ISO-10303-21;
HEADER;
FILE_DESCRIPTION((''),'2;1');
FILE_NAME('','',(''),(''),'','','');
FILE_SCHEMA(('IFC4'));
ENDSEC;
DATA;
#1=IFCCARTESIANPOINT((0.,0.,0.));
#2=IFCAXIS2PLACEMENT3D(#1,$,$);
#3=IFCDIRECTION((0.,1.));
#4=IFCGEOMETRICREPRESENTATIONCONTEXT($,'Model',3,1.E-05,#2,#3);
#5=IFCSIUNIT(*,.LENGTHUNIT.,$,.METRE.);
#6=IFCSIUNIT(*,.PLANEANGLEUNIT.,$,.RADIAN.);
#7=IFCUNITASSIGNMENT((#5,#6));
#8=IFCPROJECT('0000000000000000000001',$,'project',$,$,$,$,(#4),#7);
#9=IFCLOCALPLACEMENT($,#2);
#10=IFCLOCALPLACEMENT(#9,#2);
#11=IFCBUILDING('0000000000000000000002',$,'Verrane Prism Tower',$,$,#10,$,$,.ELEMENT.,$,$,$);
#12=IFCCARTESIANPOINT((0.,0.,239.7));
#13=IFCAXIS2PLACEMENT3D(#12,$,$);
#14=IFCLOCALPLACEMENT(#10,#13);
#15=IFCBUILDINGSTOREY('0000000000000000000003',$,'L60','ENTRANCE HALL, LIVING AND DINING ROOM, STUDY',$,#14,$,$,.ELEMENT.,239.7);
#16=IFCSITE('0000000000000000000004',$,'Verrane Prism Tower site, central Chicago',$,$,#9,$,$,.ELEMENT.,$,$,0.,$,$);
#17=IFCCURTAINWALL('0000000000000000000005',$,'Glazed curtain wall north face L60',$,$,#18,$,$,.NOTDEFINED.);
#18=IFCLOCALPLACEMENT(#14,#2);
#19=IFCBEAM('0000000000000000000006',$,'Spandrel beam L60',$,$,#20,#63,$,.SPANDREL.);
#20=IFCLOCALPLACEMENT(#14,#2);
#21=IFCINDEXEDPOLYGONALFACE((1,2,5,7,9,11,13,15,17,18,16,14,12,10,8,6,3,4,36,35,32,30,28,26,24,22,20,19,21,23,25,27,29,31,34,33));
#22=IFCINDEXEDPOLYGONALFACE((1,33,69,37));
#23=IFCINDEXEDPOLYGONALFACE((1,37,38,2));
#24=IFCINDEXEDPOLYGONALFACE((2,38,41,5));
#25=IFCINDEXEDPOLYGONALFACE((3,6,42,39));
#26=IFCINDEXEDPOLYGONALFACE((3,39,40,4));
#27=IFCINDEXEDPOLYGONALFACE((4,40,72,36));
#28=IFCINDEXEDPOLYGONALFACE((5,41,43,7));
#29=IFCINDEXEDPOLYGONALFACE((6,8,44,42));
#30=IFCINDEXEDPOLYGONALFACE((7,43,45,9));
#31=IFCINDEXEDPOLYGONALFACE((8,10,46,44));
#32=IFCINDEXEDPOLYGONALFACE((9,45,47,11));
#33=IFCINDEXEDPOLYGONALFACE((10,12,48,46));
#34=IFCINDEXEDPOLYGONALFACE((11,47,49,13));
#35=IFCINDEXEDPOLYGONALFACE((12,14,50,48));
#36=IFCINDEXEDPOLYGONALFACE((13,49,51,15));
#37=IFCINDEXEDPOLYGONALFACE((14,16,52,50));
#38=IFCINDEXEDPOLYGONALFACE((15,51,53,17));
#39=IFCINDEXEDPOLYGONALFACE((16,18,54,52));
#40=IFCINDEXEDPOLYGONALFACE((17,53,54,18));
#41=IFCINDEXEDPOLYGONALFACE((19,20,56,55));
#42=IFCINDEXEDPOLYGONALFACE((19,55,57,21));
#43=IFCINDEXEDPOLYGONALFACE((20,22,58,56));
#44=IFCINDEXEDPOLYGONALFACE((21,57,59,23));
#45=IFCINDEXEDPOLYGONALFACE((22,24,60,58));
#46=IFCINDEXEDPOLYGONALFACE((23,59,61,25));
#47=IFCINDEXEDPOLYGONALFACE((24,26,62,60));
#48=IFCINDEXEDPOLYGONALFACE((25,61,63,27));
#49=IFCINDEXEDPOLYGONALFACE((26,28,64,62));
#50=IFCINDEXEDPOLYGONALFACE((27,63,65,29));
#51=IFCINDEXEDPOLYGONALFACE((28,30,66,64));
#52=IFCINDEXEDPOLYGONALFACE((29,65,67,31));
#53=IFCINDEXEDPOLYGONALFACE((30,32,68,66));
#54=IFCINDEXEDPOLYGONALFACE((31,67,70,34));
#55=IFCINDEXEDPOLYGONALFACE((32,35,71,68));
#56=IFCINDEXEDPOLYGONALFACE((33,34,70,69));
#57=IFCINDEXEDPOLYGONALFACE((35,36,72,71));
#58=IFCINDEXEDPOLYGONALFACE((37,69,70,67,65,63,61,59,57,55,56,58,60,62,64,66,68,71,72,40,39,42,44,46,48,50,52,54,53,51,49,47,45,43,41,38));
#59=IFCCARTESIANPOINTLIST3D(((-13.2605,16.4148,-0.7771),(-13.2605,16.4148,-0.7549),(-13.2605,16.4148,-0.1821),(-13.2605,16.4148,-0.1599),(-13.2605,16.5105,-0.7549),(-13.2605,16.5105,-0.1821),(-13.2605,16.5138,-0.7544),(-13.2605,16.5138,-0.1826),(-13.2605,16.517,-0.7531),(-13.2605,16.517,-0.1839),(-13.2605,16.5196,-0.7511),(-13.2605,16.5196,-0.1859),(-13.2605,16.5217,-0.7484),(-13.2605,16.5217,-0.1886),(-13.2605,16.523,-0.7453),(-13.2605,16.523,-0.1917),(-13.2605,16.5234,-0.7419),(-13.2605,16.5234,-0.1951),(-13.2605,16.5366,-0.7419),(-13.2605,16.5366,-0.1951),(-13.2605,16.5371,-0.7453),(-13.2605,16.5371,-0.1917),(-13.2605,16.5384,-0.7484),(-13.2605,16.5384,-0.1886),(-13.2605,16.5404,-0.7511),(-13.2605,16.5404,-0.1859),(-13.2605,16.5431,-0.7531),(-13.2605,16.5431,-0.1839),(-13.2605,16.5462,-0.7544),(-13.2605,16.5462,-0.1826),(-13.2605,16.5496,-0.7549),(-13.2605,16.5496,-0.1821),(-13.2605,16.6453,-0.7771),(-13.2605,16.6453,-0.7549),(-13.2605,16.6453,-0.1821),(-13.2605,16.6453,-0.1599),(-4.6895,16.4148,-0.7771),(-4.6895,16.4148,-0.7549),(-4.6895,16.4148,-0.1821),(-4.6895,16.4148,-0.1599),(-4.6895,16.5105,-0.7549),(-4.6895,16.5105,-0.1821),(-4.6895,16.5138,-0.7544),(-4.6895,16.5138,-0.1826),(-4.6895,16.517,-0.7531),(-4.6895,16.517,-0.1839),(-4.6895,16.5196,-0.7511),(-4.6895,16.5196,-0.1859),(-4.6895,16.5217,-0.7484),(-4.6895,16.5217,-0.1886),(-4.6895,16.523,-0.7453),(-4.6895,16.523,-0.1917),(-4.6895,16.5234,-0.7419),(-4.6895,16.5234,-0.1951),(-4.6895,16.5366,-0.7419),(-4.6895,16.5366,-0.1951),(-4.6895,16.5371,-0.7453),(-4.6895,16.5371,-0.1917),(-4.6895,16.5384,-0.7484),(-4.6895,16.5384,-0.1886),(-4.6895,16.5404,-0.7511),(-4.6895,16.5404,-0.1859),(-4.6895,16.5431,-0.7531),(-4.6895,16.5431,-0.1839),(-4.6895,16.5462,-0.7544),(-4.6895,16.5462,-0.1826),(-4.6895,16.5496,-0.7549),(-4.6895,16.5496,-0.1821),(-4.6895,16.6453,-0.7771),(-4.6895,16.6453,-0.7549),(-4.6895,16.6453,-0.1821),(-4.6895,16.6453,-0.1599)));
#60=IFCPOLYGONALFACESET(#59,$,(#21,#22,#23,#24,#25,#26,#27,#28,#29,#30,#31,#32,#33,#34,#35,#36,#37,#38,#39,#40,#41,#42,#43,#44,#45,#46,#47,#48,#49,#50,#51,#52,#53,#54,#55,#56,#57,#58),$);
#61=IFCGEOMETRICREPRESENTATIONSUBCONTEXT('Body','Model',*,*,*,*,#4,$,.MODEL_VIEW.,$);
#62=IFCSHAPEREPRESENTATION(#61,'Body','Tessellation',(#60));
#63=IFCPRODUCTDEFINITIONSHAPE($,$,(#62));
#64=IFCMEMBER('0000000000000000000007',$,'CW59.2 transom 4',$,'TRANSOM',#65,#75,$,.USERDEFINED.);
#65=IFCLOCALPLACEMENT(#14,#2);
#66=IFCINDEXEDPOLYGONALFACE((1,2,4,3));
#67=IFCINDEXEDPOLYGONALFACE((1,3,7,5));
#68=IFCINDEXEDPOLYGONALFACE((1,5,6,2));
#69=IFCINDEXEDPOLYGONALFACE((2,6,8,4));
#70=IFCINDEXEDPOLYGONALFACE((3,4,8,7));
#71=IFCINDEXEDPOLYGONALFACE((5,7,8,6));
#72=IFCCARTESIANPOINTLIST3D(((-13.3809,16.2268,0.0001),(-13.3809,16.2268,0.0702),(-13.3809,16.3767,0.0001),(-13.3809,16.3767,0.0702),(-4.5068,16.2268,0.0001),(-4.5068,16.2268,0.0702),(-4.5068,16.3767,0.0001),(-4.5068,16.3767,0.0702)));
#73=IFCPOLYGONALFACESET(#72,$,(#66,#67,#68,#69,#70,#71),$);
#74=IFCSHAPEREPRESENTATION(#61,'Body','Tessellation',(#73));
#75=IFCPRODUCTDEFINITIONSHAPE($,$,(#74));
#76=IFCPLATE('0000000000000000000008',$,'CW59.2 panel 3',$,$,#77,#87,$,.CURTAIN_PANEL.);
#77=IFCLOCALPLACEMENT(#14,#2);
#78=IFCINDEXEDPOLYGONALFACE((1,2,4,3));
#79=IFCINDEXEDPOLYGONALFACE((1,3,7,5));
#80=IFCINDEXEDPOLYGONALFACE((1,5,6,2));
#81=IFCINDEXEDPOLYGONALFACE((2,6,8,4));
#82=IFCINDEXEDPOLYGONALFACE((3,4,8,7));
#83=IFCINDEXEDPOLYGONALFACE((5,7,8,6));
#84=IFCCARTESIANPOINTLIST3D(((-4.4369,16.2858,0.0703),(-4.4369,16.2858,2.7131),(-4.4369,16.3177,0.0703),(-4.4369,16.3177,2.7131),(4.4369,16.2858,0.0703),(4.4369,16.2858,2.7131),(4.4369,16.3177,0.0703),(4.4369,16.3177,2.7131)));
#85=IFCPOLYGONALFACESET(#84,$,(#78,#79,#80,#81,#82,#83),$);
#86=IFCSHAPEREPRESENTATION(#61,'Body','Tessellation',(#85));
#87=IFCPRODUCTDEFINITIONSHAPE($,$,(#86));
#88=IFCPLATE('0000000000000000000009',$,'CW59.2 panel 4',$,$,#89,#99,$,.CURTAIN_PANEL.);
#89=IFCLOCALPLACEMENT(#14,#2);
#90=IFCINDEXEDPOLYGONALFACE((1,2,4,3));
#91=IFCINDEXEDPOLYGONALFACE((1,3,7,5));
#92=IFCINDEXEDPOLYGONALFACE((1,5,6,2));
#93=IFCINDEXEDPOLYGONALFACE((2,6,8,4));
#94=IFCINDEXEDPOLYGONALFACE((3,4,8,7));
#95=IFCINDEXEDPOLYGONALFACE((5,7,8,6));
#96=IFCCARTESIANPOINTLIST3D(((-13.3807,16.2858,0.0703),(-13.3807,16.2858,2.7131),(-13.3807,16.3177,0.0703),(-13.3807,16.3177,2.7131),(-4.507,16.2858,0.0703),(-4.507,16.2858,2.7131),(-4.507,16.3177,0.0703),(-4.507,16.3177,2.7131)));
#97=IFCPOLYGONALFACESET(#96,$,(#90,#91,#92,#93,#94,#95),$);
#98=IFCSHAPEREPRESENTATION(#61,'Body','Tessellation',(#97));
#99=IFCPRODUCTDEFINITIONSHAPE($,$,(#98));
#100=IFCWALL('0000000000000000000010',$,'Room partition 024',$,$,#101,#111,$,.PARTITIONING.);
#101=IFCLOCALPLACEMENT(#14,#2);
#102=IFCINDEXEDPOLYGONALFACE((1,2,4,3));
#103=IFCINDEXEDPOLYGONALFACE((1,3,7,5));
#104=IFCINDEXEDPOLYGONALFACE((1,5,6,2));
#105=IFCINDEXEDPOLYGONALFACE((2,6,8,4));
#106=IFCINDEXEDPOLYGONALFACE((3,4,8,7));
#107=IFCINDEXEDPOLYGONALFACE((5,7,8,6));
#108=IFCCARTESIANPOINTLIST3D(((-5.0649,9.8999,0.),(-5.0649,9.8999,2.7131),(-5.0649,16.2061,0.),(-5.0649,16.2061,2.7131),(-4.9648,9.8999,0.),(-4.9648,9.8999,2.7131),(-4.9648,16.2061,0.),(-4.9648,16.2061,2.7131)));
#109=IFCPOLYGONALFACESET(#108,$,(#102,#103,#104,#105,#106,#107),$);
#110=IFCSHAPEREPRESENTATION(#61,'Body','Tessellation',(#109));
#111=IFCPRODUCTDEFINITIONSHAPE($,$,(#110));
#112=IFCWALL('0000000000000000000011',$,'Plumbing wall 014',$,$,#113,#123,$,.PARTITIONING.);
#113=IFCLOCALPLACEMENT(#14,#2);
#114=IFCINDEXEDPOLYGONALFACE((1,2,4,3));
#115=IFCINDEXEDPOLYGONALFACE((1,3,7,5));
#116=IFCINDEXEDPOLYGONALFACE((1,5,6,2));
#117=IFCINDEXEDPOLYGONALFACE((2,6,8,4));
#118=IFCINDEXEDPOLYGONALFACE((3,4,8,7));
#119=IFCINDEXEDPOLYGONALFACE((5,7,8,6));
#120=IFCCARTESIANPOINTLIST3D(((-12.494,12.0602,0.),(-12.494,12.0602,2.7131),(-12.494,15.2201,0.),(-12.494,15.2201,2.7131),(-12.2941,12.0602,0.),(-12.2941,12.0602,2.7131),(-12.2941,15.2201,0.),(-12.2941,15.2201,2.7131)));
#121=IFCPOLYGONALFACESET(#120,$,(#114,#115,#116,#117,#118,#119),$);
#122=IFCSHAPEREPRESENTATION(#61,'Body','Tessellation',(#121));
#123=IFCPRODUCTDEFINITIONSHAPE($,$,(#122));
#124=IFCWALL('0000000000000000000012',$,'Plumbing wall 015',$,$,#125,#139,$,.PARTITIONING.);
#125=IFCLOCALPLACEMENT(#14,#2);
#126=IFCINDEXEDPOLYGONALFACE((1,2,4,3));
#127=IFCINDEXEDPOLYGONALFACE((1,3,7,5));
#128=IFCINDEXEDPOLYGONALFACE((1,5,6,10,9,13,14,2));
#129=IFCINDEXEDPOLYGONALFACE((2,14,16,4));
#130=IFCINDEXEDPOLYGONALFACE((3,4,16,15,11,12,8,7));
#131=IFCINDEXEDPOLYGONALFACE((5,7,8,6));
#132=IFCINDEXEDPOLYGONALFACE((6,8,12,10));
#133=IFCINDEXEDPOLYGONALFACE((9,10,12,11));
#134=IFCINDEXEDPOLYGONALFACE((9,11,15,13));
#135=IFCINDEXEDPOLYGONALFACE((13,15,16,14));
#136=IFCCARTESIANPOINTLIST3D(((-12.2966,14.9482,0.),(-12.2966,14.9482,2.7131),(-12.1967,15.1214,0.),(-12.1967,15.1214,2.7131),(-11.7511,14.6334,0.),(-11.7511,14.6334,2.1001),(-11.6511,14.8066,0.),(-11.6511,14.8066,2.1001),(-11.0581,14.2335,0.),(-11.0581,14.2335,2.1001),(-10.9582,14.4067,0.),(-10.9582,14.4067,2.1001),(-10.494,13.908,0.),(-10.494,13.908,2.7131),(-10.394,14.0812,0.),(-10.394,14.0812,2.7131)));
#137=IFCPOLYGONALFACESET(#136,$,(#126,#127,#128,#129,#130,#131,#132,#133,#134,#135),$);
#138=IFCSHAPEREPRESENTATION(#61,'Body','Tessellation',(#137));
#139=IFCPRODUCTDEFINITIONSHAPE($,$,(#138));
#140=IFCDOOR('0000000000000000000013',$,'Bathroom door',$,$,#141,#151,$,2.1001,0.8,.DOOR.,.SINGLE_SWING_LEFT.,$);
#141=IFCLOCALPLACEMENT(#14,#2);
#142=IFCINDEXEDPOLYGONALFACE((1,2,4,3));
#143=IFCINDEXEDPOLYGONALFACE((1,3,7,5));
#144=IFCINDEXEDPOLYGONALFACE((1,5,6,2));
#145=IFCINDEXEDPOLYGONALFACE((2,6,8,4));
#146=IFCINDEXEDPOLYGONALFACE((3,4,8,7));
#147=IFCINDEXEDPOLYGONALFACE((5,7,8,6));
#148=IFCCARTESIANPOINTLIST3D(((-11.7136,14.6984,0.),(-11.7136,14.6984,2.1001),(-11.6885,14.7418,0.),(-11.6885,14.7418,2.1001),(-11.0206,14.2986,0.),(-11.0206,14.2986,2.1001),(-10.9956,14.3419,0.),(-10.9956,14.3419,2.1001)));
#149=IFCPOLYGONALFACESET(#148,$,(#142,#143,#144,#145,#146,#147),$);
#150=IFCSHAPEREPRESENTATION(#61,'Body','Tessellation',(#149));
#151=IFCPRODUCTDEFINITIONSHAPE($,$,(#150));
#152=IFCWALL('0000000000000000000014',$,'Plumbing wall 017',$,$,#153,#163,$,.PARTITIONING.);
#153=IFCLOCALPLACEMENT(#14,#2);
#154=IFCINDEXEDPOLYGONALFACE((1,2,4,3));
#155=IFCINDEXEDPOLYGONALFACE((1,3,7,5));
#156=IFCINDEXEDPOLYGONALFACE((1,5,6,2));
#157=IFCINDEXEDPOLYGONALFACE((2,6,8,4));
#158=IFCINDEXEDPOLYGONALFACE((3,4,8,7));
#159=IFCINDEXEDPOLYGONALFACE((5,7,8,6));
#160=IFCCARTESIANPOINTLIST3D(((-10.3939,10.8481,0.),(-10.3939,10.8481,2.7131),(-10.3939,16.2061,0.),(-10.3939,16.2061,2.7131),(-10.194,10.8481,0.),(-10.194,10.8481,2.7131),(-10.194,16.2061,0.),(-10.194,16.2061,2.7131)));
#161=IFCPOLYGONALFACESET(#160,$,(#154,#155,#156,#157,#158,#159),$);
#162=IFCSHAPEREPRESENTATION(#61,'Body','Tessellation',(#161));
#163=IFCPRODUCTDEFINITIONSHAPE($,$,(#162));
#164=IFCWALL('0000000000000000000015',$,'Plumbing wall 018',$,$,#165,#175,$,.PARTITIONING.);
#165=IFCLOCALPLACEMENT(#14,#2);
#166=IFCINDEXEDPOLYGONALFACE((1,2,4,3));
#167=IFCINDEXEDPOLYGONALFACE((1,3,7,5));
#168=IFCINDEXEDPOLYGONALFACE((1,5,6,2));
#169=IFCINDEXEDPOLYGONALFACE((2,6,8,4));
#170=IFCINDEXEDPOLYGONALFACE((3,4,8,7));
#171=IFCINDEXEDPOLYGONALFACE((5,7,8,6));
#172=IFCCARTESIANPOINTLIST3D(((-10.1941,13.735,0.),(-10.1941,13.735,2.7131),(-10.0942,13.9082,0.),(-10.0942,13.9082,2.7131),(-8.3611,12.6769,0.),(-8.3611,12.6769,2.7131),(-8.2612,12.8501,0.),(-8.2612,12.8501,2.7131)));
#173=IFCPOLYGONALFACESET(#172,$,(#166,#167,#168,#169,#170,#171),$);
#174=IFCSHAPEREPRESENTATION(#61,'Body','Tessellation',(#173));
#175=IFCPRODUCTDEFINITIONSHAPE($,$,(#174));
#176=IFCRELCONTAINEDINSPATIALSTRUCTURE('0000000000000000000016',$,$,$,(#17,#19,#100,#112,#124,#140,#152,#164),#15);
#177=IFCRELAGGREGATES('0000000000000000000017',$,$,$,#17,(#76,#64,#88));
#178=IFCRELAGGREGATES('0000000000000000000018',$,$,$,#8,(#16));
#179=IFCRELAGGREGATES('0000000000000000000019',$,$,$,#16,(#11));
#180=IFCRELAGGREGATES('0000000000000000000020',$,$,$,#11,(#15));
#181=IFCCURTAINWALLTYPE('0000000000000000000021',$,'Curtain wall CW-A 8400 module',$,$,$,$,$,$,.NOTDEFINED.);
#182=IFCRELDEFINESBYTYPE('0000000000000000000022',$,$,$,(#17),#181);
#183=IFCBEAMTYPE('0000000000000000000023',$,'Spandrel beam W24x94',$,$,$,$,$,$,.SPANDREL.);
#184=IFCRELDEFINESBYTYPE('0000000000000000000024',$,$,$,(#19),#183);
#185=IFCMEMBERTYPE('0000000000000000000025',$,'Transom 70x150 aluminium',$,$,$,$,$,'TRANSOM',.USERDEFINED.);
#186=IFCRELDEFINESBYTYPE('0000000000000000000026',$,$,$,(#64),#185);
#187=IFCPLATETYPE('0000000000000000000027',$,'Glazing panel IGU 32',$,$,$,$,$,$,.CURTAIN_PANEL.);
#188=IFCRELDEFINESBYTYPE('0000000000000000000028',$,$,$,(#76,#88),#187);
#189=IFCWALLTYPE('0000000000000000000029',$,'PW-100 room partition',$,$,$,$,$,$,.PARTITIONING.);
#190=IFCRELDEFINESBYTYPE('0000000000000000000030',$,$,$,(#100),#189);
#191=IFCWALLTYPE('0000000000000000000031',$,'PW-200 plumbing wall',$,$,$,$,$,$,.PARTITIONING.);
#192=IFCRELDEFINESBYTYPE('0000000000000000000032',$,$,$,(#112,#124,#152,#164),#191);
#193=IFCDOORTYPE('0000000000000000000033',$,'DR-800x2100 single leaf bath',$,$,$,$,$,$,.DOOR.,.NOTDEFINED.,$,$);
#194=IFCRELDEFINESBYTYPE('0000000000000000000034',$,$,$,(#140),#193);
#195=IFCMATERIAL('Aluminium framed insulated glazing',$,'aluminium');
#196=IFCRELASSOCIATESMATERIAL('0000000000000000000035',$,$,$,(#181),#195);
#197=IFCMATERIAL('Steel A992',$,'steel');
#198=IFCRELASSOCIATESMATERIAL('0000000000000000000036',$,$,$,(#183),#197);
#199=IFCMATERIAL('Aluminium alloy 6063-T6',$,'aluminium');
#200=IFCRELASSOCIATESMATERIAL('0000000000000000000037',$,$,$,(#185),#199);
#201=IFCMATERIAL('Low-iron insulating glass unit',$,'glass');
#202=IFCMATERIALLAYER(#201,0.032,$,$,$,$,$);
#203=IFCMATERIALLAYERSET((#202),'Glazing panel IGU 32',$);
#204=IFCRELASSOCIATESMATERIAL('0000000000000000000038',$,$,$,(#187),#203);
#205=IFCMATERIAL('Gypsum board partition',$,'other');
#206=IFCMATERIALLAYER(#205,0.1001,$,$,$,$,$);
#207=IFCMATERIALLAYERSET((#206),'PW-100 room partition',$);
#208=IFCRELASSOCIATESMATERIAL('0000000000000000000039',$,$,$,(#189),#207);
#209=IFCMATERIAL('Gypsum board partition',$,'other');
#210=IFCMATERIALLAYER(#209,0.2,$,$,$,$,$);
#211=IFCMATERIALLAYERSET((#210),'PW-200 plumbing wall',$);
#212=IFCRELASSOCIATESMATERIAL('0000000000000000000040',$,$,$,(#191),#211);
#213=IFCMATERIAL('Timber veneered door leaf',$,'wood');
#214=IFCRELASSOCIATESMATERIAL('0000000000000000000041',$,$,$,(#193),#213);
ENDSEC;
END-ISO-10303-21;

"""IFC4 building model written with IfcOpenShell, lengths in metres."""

from ifc_helpers import new_model, si_unit, direction, frame, frame_2d, origin, origin_2d, place, context, subcontext, project, spatial, rectangle, i_section, extrude, material, layer, layer_set, material_profile, profile_set, type_object, element, fill, aggregate, save


model = new_model("IFC4")

# Units and contexts
model_context = context("Model", 3, precision=1e-05, world=origin(), true_north=direction((0.0, 1.0)))
body_context = subcontext(model_context, "Body", "Model", "MODEL_VIEW")
ifc_project = project(units=[si_unit("LENGTHUNIT", "METRE"), si_unit("PLANEANGLEUNIT", "RADIAN")], contexts=[model_context])

# Site, building, storey
site_placement = place(None, origin())
site = spatial("IfcSite", under=ifc_project, at=site_placement, Name="Verrane Prism Tower site, central Chicago", CompositionType="ELEMENT", RefElevation=0.0)
building_placement = place(site_placement, origin())
building = spatial("IfcBuilding", under=site, at=building_placement, Name="Verrane Prism Tower", CompositionType="ELEMENT")
storey_placement = place(building_placement, frame((0.0, 0.0, 239.7)))
storey = spatial("IfcBuildingStorey", under=building, at=storey_placement, Name="L60", Description="ENTRANCE HALL, LIVING AND DINING ROOM, STUDY", CompositionType="ELEMENT", Elevation=239.7)

# Curtain wall
ifc_material_1 = material(Name="Aluminium framed insulated glazing", Category="aluminium")
curtain_wall_type = type_object("IfcCurtainWallType", Name="Curtain wall CW-A 8400 module", PredefinedType="NOTDEFINED", material=ifc_material_1)
curtain_wall_placement = place(storey_placement, origin())
curtain_wall = element("IfcCurtainWall", 1, at=curtain_wall_placement, inside=storey, type_object=curtain_wall_type, Name="Glazed curtain wall north face L60", PredefinedType="NOTDEFINED")

# Beam
ifc_material_2 = material(Name="Steel A992", Category="steel")
ifc_material_profile_1 = material_profile(ifc_material_2, i_section(OverallWidth=0.2305, OverallDepth=0.6172, WebThickness=0.0132, FlangeThickness=0.0222, FilletRadius=0.0129, at=origin_2d()), Name="W24x94")
ifc_profile_set_1 = profile_set([ifc_material_profile_1], Name="Steel A992")
beam_type_1 = type_object("IfcBeamType", Name="Spandrel beam W24x94", PredefinedType="SPANDREL", material=ifc_profile_set_1)
beam_1_placement = place(storey_placement, frame((-4.6895, 16.53, -0.4685), z_axis=(-1.0, 0.0, 0.0), x_axis=(0.0, -1.0, 0.0)))
element("IfcBeam", 2, at=beam_1_placement, inside=storey, type_object=beam_type_1, Name="Spandrel beam L60", PredefinedType="SPANDREL", context=body_context, shape_type="SweptSolid", body=[
    extrude(i_section(OverallWidth=0.2305, OverallDepth=0.6172, WebThickness=0.0132, FlangeThickness=0.0222, FilletRadius=0.0129, at=origin_2d()), origin(), (0.0, 0.0, 1.0), 8.571),
])

# Member
ifc_material_3 = material(Name="Aluminium alloy 6063-T6", Category="aluminium")
ifc_material_profile_2 = material_profile(ifc_material_3, rectangle(XDim=0.1499, YDim=0.0701, at=origin_2d()), Name="Transom 70x150 aluminium")
ifc_profile_set_2 = profile_set([ifc_material_profile_2], Name="Aluminium alloy 6063-T6")
member_type_1 = type_object("IfcMemberType", Name="Transom 70x150 aluminium", ElementType="TRANSOM", PredefinedType="USERDEFINED", material=ifc_profile_set_2)
member_1_placement = place(storey_placement, frame((-4.5068, 16.3018, 0.0352), z_axis=(-1.0, 0.0, 0.0), x_axis=(0.0, -1.0, 0.0)))
member_1 = element("IfcMember", 3, at=member_1_placement, type_object=member_type_1, Name="CW59.2 transom 4", ObjectType="TRANSOM", PredefinedType="USERDEFINED", context=body_context, shape_type="SweptSolid", body=[
    extrude(rectangle(XDim=0.1499, YDim=0.0701, at=origin_2d()), origin(), (0.0, 0.0, 1.0), 8.874),
])

# Plates
ifc_material_4 = material(Name="Low-iron insulating glass unit", Category="glass")
ifc_layer_1 = layer(ifc_material_4, 0.032)
ifc_layer_set_1 = layer_set([ifc_layer_1], Name="Glazing panel IGU 32")
plate_type = type_object("IfcPlateType", Name="Glazing panel IGU 32", PredefinedType="CURTAIN_PANEL", material=ifc_layer_set_1)
plate_1_placement = place(storey_placement, frame((0.0, 16.3018, 0.0703), z_axis=(0.0, 0.0, 1.0), x_axis=(-1.0, 0.0, 0.0)))
plate_1 = element("IfcPlate", 4, at=plate_1_placement, type_object=plate_type, Name="CW59.2 panel 3", PredefinedType="CURTAIN_PANEL", context=body_context, shape_type="SweptSolid", body=[
    extrude(rectangle(XDim=8.8738, YDim=0.032, at=origin_2d()), origin(), (0.0, 0.0, 1.0), 2.6428),
])
plate_2_placement = place(storey_placement, frame((-8.9438, 16.3018, 0.0703), z_axis=(0.0, 0.0, 1.0), x_axis=(-1.0, 0.0, 0.0)))
plate_2 = element("IfcPlate", 5, at=plate_2_placement, type_object=plate_type, Name="CW59.2 panel 4", PredefinedType="CURTAIN_PANEL", context=body_context, shape_type="SweptSolid", body=[
    extrude(rectangle(XDim=8.8738, YDim=0.032, at=origin_2d()), origin(), (0.0, 0.0, 1.0), 2.6428),
])
aggregate(curtain_wall, [plate_1, member_1, plate_2])

# Walls
ifc_material_5 = material(Name="Gypsum board partition", Category="other")
ifc_layer_2 = layer(ifc_material_5, 0.1001)
ifc_layer_set_2 = layer_set([ifc_layer_2], Name="PW-100 room partition")
wall_type_1 = type_object("IfcWallType", Name="PW-100 room partition", PredefinedType="PARTITIONING", material=ifc_layer_set_2)
wall_1_placement = place(storey_placement, frame((-5.0149, 9.8999, 0.0), z_axis=(0.0, 0.0, 1.0), x_axis=(0.0, 1.0, 0.0)))
element("IfcWall", 6, at=wall_1_placement, inside=storey, type_object=wall_type_1, Name="Room partition 024", PredefinedType="PARTITIONING", context=body_context, shape_type="SweptSolid", body=[
    extrude(rectangle(XDim=6.3062, YDim=0.1001, at=frame_2d((3.1531, 0.0))), origin(), (0.0, 0.0, 1.0), 2.7131),
])
ifc_material_6 = material(Name="Gypsum board partition", Category="other")
ifc_layer_3 = layer(ifc_material_6, 0.2)
ifc_layer_set_3 = layer_set([ifc_layer_3], Name="PW-200 plumbing wall")
wall_type_2 = type_object("IfcWallType", Name="PW-200 plumbing wall", PredefinedType="PARTITIONING", material=ifc_layer_set_3)
wall_2_placement = place(storey_placement, frame((-12.394, 12.0601, 0.0), z_axis=(0.0, 0.0, 1.0), x_axis=(0.0, 1.0, 0.0)))
element("IfcWall", 7, at=wall_2_placement, inside=storey, type_object=wall_type_2, Name="Plumbing wall 014", PredefinedType="PARTITIONING", context=body_context, shape_type="SweptSolid", body=[
    extrude(rectangle(XDim=3.1599, YDim=0.2, at=frame_2d((1.5801, 0.0))), origin(), (0.0, 0.0, 1.0), 2.7131),
])

# Wall, opening, door
wall_3_placement = place(storey_placement, frame((-10.4441, 13.9946, 0.0), z_axis=(0.0, 0.0, 1.0), x_axis=(-0.866135, 0.49981, 0.0)))
wall_3 = element("IfcWall", 8, at=wall_3_placement, inside=storey, type_object=wall_type_2, Name="Plumbing wall 015", PredefinedType="PARTITIONING", context=body_context, shape_type="SweptSolid", body=[
    extrude(rectangle(XDim=2.0813, YDim=0.2, at=frame_2d((1.0405, 0.0))), origin(), (0.0, 0.0, 1.0), 2.7131),
])
opening_1_placement = place(wall_3_placement, frame((0.6514, 0.0, 0.0)))
opening_1 = element("IfcOpeningElement", 9, at=opening_1_placement, cuts=wall_3, PredefinedType="OPENING", context=body_context, shape_type="SweptSolid", body=[
    extrude(rectangle(XDim=0.8, YDim=2.1001, at=frame_2d((0.3999, 1.05))), frame((0.0, 0.1099, 0.0), z_axis=(0.0, -1.0, 0.0), x_axis=(1.0, 0.0, 0.0)), (0.0, 0.0, 1.0), 0.22),
])
ifc_material_7 = material(Name="Timber veneered door leaf", Category="wood")
door_type_1 = type_object("IfcDoorType", Name="DR-800x2100 single leaf bath", OperationType="NOTDEFINED", PredefinedType="DOOR", material=ifc_material_7)
door_1_placement = place(opening_1_placement, origin())
door_1 = element("IfcDoor", 10, at=door_1_placement, inside=storey, type_object=door_type_1, Name="Bathroom door", OperationType="SINGLE_SWING_LEFT", OverallHeight=2.1001, OverallWidth=0.8, PredefinedType="DOOR", context=body_context, shape_type="SweptSolid", body=[
    extrude(rectangle(XDim=0.8, YDim=2.1001, at=frame_2d((0.3999, 1.05))), frame((0.0, 0.0249, 0.0), z_axis=(0.0, -1.0, 0.0), x_axis=(1.0, 0.0, 0.0)), (0.0, 0.0, 1.0), 0.05),
])
fill(opening_1, door_1)

# Walls
wall_4_placement = place(storey_placement, frame((-10.2939, 10.8481, 0.0), z_axis=(0.0, 0.0, 1.0), x_axis=(0.0, 1.0, 0.0)))
element("IfcWall", 11, at=wall_4_placement, inside=storey, type_object=wall_type_2, Name="Plumbing wall 017", PredefinedType="PARTITIONING", context=body_context, shape_type="SweptSolid", body=[
    extrude(rectangle(XDim=5.3579, YDim=0.2, at=frame_2d((2.679, 0.0))), origin(), (0.0, 0.0, 1.0), 2.7131),
])
wall_5_placement = place(storey_placement, frame((-10.144, 13.8215, 0.0), z_axis=(0.0, 0.0, 1.0), x_axis=(0.866063, -0.499935, 0.0)))
element("IfcWall", 12, at=wall_5_placement, inside=storey, type_object=wall_type_2, Name="Plumbing wall 018", PredefinedType="PARTITIONING", context=body_context, shape_type="SweptSolid", body=[
    extrude(rectangle(XDim=2.1165, YDim=0.2, at=frame_2d((1.0581, 0.0))), origin(), (0.0, 0.0, 1.0), 2.7131),
])

save(model, "model.ifc")
